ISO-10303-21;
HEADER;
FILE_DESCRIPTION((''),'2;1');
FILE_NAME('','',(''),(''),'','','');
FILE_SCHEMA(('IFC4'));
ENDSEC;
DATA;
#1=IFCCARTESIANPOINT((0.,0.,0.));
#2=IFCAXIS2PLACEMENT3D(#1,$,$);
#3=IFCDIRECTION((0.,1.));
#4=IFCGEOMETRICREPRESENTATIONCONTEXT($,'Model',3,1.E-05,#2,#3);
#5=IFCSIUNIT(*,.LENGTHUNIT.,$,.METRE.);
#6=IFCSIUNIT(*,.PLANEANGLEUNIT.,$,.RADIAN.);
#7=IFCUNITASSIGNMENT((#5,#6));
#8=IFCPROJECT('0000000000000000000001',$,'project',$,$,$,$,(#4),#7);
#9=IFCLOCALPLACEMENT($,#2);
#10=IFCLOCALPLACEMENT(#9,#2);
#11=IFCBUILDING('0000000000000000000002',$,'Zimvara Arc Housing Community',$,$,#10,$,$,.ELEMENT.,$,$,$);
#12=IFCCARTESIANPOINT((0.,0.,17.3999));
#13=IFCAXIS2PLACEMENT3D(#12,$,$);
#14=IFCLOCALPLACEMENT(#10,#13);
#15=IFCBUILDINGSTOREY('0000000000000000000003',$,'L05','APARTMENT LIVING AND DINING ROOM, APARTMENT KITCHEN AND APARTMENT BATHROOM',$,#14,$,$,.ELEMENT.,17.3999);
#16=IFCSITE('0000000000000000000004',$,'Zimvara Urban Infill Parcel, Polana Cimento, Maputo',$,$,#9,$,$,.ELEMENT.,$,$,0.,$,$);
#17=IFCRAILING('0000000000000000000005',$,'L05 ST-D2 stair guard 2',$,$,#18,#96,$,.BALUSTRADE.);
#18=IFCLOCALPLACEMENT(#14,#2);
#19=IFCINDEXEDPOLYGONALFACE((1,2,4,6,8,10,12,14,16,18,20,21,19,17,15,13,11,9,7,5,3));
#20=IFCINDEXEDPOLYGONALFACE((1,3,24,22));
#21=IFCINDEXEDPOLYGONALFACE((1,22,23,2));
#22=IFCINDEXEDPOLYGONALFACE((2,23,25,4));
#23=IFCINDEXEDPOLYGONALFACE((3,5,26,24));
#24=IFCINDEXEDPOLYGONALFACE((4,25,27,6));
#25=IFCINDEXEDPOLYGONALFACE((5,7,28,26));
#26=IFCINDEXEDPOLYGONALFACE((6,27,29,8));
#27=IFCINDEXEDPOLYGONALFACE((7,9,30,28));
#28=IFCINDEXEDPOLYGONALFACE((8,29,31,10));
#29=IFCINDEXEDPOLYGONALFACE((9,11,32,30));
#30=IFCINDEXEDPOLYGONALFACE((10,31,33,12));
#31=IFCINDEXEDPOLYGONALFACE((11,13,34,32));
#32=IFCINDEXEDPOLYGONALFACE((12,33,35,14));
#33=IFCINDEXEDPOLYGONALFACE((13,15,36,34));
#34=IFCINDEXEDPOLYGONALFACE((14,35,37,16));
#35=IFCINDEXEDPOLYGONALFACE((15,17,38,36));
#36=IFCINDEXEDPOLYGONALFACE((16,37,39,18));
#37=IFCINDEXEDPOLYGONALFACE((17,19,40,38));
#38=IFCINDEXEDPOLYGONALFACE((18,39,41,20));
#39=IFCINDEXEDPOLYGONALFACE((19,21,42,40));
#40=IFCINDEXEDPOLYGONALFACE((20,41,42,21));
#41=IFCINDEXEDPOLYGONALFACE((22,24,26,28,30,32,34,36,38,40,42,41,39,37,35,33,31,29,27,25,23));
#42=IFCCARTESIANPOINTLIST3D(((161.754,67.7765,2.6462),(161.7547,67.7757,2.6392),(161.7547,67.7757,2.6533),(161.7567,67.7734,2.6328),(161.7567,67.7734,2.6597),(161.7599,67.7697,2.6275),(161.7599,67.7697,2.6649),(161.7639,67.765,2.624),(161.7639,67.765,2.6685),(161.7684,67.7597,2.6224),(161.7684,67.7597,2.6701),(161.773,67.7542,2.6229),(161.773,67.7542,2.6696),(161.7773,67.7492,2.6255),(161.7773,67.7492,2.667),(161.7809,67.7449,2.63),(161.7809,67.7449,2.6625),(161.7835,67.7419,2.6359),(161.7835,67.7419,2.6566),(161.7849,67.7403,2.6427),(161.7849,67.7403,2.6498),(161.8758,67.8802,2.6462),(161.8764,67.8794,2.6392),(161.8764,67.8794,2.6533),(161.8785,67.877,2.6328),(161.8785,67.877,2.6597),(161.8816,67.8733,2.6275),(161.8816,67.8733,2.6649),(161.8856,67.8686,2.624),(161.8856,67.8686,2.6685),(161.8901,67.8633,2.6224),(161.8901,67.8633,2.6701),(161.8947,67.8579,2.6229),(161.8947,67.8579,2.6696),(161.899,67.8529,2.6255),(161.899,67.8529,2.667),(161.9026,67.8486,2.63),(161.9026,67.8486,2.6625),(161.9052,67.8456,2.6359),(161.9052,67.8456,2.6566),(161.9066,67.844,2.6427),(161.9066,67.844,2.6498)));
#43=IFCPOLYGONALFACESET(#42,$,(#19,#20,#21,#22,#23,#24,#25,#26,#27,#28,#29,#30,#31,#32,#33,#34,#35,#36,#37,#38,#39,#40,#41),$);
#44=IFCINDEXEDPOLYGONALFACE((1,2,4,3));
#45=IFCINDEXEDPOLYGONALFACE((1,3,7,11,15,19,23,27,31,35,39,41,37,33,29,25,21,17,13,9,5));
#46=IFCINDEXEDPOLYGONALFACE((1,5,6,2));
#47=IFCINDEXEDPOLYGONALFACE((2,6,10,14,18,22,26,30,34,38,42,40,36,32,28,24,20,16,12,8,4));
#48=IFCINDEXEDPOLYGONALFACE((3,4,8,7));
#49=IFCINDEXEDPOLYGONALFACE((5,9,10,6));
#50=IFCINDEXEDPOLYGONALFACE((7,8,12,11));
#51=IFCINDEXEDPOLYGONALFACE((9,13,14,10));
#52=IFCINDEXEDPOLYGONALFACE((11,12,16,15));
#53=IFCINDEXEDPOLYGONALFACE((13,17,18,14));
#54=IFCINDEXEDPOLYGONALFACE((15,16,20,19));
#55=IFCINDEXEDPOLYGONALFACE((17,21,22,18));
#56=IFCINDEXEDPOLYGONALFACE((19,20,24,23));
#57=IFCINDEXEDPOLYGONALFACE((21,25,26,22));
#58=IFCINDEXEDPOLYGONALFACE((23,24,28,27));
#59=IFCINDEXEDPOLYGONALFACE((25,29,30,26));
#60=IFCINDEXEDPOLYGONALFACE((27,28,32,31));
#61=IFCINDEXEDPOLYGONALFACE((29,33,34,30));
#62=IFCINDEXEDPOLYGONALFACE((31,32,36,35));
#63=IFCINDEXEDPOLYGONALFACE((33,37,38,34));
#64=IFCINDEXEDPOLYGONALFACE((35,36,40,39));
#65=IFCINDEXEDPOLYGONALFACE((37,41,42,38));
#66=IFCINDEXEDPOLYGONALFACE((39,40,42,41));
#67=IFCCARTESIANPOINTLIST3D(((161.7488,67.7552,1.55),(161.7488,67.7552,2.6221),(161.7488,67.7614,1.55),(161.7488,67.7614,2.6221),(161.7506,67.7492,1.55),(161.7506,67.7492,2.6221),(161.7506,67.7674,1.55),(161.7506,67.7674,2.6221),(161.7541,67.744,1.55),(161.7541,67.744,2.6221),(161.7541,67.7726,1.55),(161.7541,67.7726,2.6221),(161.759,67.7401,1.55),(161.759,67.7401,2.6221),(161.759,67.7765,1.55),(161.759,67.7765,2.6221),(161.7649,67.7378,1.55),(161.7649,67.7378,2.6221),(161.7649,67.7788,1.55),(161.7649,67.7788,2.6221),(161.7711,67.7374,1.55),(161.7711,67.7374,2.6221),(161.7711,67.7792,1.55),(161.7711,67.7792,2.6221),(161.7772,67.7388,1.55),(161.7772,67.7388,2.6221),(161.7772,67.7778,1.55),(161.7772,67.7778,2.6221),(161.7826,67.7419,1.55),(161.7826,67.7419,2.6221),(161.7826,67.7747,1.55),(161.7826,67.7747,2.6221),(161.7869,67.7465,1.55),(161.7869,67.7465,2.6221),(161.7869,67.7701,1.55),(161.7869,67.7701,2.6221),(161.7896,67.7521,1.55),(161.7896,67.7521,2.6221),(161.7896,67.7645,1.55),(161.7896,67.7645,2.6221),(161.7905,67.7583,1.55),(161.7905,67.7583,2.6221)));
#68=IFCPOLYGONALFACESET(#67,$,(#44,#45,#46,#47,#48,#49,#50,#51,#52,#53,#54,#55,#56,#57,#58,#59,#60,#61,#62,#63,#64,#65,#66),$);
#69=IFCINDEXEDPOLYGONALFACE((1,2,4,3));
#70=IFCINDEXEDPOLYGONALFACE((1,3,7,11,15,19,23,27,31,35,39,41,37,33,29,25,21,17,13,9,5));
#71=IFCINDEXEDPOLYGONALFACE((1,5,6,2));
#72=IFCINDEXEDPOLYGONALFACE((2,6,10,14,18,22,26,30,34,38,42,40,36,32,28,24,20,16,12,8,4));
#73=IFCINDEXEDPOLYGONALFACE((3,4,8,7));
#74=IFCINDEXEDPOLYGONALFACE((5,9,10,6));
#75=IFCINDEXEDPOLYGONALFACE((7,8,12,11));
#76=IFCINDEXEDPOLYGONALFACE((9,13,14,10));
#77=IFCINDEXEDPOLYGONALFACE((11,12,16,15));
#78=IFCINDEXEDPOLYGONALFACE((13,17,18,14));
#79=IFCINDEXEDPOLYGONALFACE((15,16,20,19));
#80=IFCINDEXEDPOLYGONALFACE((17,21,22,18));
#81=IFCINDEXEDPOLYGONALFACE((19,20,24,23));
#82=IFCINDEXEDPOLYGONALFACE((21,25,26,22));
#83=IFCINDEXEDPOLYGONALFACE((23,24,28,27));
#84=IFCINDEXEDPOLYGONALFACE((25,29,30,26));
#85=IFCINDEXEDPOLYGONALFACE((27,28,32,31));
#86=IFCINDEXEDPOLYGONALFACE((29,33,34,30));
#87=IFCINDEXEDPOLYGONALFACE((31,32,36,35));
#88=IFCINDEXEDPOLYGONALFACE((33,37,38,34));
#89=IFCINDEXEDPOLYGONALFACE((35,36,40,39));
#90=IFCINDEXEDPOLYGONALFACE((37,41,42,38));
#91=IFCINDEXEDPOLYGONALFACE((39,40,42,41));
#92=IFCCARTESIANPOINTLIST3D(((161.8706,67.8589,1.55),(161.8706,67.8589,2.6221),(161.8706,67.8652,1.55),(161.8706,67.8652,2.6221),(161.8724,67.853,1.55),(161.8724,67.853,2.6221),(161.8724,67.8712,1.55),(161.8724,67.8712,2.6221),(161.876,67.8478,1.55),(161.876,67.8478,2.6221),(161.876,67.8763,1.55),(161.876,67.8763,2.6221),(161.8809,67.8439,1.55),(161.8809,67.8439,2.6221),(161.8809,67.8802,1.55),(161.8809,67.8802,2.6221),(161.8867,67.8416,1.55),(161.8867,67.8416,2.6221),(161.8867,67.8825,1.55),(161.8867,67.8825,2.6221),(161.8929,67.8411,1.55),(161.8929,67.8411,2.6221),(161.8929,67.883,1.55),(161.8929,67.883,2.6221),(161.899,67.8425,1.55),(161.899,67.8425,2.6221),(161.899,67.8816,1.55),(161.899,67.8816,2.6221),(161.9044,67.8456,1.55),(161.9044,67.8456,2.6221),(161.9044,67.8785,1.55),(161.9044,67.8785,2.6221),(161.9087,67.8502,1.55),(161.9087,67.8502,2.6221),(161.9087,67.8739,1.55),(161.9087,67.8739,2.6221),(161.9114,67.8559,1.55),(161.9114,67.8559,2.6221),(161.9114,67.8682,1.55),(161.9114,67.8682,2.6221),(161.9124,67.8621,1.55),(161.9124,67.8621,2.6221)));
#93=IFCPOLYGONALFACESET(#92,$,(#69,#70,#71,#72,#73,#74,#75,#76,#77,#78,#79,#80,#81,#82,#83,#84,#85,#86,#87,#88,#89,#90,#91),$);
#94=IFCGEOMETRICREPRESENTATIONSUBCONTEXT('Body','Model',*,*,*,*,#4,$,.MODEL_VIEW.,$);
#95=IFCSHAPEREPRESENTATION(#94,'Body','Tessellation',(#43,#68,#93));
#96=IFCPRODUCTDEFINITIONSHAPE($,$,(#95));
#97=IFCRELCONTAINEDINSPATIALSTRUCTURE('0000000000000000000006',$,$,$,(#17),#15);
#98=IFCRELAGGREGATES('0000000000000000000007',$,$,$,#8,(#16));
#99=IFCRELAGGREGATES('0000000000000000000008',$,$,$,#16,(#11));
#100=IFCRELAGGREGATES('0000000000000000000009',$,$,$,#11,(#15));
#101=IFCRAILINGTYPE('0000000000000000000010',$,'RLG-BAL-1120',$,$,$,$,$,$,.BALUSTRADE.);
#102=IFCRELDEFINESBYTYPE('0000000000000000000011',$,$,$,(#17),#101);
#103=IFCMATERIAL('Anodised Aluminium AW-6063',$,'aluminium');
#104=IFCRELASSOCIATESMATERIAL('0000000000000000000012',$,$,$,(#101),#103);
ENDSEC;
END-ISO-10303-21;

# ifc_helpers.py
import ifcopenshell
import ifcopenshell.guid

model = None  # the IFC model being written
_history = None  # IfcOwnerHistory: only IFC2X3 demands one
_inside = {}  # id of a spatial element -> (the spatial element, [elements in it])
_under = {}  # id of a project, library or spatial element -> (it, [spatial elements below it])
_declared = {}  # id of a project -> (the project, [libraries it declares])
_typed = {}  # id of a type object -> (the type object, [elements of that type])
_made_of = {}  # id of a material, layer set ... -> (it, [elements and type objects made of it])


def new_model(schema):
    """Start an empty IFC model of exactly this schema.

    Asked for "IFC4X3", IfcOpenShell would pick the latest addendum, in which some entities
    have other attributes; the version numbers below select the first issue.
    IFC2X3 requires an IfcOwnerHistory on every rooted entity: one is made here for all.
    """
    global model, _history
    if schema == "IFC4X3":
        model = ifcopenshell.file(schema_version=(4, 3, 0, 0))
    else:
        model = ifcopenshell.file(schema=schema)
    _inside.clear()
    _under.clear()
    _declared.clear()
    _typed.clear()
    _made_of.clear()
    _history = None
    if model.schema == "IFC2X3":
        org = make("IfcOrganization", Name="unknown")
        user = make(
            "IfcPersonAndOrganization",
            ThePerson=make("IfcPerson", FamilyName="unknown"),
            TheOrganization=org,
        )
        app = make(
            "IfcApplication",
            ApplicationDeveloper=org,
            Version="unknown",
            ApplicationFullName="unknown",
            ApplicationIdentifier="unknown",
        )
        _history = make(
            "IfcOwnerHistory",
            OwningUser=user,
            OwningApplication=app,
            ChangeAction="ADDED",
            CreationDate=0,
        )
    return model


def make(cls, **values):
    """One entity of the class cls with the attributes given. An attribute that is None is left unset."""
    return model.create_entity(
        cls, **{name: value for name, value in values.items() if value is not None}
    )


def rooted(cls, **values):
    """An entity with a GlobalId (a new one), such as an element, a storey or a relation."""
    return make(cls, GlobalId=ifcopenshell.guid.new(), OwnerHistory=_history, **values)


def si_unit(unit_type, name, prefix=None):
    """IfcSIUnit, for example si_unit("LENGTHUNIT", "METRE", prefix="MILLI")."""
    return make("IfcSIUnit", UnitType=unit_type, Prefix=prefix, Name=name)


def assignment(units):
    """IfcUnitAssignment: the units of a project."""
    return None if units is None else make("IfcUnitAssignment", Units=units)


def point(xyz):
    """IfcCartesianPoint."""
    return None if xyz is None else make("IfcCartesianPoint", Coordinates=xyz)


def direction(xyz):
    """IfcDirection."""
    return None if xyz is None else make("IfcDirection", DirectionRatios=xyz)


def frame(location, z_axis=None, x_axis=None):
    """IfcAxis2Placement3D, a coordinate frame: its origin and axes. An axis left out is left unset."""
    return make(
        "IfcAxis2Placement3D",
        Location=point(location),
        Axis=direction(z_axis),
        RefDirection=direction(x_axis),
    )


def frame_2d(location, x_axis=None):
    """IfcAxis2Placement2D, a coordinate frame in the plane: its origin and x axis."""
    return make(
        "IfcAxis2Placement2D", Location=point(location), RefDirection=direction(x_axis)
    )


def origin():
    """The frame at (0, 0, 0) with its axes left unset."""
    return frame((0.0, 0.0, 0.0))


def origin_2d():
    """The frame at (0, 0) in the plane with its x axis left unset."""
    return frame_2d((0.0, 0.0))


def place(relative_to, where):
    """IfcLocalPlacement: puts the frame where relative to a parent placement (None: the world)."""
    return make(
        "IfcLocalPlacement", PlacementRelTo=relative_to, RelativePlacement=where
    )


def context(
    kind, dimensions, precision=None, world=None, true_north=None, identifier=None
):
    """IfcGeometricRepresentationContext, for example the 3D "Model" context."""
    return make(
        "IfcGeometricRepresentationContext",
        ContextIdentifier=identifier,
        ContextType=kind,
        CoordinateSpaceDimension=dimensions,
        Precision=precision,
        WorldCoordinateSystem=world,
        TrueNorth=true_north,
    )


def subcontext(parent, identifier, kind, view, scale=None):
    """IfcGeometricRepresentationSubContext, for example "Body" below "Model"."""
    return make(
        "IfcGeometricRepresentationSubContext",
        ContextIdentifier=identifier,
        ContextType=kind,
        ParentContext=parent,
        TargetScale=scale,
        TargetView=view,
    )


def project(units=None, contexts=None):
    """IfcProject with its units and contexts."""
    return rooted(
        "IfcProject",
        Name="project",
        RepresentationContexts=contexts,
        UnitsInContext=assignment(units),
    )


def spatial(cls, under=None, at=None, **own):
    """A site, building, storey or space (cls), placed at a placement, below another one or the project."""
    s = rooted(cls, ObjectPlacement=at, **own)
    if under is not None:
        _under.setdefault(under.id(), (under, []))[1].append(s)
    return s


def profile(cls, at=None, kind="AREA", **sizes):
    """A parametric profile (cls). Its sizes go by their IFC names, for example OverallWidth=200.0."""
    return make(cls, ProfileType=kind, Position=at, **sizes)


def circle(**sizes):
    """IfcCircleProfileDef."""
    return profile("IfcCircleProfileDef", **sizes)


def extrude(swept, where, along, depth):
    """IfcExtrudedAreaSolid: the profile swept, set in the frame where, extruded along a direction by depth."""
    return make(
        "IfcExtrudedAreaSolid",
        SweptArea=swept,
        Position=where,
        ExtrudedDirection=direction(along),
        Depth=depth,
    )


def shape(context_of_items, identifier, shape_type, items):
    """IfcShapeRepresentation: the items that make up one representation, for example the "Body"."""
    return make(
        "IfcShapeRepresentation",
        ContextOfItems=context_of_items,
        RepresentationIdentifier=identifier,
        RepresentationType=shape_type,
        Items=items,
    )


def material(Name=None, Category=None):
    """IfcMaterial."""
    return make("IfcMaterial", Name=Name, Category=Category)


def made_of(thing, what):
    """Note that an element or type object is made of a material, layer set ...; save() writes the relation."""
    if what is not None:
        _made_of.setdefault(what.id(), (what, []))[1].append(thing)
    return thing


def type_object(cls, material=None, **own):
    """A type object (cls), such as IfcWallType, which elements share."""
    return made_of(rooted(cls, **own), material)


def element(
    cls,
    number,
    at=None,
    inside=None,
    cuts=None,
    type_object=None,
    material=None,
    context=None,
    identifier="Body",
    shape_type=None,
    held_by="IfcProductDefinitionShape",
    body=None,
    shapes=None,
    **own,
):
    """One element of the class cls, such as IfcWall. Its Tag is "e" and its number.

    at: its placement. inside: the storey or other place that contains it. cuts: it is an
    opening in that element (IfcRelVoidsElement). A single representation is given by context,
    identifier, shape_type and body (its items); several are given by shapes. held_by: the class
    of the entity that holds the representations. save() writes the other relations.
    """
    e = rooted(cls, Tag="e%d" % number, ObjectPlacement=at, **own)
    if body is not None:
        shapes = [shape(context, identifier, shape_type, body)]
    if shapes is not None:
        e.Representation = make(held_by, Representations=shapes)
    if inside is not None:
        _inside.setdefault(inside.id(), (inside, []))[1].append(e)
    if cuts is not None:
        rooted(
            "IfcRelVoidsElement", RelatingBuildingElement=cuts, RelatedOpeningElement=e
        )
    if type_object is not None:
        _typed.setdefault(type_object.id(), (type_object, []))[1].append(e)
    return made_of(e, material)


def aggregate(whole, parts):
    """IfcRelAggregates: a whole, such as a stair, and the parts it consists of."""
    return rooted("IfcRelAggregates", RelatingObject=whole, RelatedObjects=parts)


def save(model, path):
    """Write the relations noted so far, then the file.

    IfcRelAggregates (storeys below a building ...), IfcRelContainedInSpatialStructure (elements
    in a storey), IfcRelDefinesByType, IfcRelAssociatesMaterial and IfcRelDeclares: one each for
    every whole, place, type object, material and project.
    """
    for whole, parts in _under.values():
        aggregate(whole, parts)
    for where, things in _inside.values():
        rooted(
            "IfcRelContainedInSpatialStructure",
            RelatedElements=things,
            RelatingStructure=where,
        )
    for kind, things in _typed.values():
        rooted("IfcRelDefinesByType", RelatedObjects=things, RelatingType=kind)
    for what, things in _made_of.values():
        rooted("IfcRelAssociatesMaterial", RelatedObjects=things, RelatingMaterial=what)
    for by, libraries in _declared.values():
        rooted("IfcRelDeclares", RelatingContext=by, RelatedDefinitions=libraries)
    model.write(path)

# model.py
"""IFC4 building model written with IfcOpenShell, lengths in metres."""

from ifc_helpers import new_model, si_unit, direction, frame, origin, origin_2d, place, context, subcontext, project, spatial, circle, extrude, material, type_object, element, save


model = new_model("IFC4")

# Units and contexts
model_context = context("Model", 3, precision=1e-05, world=origin(), true_north=direction((0.0, 1.0)))
body_context = subcontext(model_context, "Body", "Model", "MODEL_VIEW")
ifc_project = project(units=[si_unit("LENGTHUNIT", "METRE"), si_unit("PLANEANGLEUNIT", "RADIAN")], contexts=[model_context])

# Site, building, storey
site_placement = place(None, origin())
site = spatial("IfcSite", under=ifc_project, at=site_placement, Name="Zimvara Urban Infill Parcel, Polana Cimento, Maputo", CompositionType="ELEMENT", RefElevation=0.0)
building_placement = place(site_placement, origin())
building = spatial("IfcBuilding", under=site, at=building_placement, Name="Zimvara Arc Housing Community", CompositionType="ELEMENT")
storey_placement = place(building_placement, frame((0.0, 0.0, 17.3999)))
storey = spatial("IfcBuildingStorey", under=building, at=storey_placement, Name="L05", Description="APARTMENT LIVING AND DINING ROOM, APARTMENT KITCHEN AND APARTMENT BATHROOM", CompositionType="ELEMENT", Elevation=17.3999)

# Railing
ifc_material_1 = material(Name="Anodised Aluminium AW-6063", Category="aluminium")
railing_type_1 = type_object("IfcRailingType", Name="RLG-BAL-1120", PredefinedType="BALUSTRADE", material=ifc_material_1)
railing_1_placement = place(storey_placement, frame((161.7695, 67.7583, 1.55)))
element("IfcRailing", 1, at=railing_1_placement, inside=storey, type_object=railing_type_1, Name="L05 ST-D2 stair guard 2", PredefinedType="BALUSTRADE", context=body_context, shape_type="SweptSolid", body=[
    extrude(circle(Radius=0.0239, at=origin_2d()), frame((0.0, 0.0, 1.0962), z_axis=(0.761299, 0.648401, 0.0), x_axis=(-0.648401, 0.761299, 0.0)), (0.0, 0.0, 1.0), 0.1599),
    extrude(circle(Radius=0.021, at=origin_2d()), origin(), (0.0, 0.0, 1.0), 1.072),
    extrude(circle(Radius=0.021, at=origin_2d()), frame((0.1218, 0.1038, 0.0)), (0.0, 0.0, 1.0), 1.072),
])

save(model, "model.ifc")
